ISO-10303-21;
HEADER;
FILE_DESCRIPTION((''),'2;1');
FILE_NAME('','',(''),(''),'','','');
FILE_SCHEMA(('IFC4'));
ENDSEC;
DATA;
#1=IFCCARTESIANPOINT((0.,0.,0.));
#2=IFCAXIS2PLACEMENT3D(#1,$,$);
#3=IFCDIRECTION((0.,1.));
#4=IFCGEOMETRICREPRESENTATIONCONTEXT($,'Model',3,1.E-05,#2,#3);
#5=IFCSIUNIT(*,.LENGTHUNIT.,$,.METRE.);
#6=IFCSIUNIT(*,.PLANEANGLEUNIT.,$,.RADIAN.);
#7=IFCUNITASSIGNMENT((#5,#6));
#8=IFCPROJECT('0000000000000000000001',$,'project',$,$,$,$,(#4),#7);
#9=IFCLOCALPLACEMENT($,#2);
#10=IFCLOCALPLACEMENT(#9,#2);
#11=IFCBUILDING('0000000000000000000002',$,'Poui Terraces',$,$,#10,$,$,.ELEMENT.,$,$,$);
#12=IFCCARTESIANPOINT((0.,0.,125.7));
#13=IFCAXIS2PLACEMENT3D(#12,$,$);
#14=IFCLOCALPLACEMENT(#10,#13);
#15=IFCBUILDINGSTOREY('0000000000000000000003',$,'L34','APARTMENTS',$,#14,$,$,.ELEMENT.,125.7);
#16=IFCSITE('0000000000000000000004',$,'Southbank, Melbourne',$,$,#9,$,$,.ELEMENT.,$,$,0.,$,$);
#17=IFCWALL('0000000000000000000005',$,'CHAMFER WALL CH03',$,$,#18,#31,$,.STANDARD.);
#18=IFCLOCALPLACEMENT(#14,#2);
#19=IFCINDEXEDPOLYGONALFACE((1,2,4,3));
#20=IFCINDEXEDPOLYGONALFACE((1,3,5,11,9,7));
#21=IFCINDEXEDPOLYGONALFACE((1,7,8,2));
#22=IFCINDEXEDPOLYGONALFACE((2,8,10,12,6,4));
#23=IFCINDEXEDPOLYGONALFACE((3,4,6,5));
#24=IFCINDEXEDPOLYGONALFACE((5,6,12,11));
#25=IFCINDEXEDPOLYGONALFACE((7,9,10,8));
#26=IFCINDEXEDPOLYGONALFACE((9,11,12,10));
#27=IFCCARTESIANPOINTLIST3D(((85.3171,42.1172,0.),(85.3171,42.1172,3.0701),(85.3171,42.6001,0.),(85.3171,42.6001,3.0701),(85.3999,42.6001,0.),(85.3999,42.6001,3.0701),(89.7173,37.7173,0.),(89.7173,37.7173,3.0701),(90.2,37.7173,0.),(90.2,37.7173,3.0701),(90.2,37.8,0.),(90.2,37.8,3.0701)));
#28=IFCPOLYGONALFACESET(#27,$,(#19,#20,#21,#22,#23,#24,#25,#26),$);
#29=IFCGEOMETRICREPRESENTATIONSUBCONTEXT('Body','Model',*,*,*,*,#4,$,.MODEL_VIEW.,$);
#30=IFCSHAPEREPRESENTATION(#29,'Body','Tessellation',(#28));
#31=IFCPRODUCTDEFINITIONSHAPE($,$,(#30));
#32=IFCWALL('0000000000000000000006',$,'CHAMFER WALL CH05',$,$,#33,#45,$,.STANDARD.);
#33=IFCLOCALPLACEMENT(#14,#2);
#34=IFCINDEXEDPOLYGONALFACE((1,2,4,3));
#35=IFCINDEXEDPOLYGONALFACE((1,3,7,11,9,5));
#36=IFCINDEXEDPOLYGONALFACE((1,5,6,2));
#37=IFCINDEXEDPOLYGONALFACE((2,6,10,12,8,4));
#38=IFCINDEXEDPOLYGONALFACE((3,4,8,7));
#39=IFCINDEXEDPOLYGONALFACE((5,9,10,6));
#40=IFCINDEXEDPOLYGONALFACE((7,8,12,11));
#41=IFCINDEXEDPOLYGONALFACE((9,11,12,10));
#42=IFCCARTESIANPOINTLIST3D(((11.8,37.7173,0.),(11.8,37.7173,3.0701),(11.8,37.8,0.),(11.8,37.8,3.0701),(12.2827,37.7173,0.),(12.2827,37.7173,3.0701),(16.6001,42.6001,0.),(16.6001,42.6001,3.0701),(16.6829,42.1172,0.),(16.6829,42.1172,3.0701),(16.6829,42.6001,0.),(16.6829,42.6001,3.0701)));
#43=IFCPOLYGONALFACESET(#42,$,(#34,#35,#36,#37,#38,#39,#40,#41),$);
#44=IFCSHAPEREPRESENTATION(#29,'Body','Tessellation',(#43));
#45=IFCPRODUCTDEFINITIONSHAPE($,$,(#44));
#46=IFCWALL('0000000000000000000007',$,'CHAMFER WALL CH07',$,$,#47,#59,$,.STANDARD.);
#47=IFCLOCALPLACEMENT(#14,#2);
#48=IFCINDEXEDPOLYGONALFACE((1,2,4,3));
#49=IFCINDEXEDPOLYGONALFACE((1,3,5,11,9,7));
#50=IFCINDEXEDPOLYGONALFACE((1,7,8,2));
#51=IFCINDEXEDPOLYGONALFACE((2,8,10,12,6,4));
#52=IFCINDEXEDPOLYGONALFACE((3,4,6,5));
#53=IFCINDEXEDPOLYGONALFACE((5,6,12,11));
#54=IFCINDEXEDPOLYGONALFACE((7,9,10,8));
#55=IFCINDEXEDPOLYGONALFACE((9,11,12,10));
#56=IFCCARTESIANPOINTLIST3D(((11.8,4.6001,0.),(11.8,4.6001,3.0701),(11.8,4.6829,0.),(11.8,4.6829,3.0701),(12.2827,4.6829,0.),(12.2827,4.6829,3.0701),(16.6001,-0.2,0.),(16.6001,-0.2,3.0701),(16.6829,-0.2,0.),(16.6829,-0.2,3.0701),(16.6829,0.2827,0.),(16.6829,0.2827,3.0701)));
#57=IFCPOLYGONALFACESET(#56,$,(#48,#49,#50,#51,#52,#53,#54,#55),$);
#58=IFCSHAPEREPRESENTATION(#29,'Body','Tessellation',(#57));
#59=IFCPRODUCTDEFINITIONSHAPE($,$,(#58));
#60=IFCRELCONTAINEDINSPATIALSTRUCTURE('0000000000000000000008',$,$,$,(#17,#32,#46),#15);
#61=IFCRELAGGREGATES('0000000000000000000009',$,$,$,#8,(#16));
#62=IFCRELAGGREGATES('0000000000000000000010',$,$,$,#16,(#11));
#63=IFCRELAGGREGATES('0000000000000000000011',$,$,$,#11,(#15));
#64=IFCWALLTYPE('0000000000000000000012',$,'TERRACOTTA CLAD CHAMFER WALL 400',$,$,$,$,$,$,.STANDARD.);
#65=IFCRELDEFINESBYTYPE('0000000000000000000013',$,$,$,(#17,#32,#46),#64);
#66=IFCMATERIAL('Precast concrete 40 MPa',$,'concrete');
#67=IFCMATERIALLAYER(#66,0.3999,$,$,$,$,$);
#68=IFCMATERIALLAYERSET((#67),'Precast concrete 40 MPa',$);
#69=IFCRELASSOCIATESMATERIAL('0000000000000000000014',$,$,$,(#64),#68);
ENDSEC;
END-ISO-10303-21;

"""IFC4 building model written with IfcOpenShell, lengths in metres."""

from ifc_helpers import new_model, si_unit, direction, frame, origin, place, context, subcontext, project, spatial, polyline, outline, extrude, material, layer, layer_set, type_object, element, save


model = new_model("IFC4")

# Units and contexts
model_context = context("Model", 3, precision=1e-05, world=origin(), true_north=direction((0.0, 1.0)))
body_context = subcontext(model_context, "Body", "Model", "MODEL_VIEW")
ifc_project = project(units=[si_unit("LENGTHUNIT", "METRE"), si_unit("PLANEANGLEUNIT", "RADIAN")], contexts=[model_context])

# Site, building, storey
site_placement = place(None, origin())
site = spatial("IfcSite", under=ifc_project, at=site_placement, Name="Southbank, Melbourne", CompositionType="ELEMENT", RefElevation=0.0)
building_placement = place(site_placement, origin())
building = spatial("IfcBuilding", under=site, at=building_placement, Name="Poui Terraces", CompositionType="ELEMENT")
storey_placement = place(building_placement, frame((0.0, 0.0, 125.7)))
storey = spatial("IfcBuildingStorey", under=building, at=storey_placement, Name="L34", Description="APARTMENTS", CompositionType="ELEMENT", Elevation=125.7)

# Shared definitions
ifc_material_1 = material(Name="Precast concrete 40 MPa", Category="concrete")

# Walls
ifc_layer_1 = layer(ifc_material_1, 0.3999)
ifc_layer_set_1 = layer_set([ifc_layer_1], Name="Precast concrete 40 MPa")
wall_type = type_object("IfcWallType", Name="TERRACOTTA CLAD CHAMFER WALL 400", PredefinedType="STANDARD", material=ifc_layer_set_1)
wall_1_placement = place(storey_placement, origin())
element("IfcWall", 1, at=wall_1_placement, inside=storey, type_object=wall_type, Name="CHAMFER WALL CH03", PredefinedType="STANDARD", context=body_context, shape_type="SweptSolid", body=[
    extrude(outline(polyline([(90.2, 37.7173), (90.2, 37.8), (85.3999, 42.6001), (85.3171, 42.6001), (85.3171, 42.1172), (89.7173, 37.7173), (90.2, 37.7173)])), origin(), (0.0, 0.0, 1.0), 3.0701),
])
wall_2_placement = place(storey_placement, origin())
element("IfcWall", 2, at=wall_2_placement, inside=storey, type_object=wall_type, Name="CHAMFER WALL CH05", PredefinedType="STANDARD", context=body_context, shape_type="SweptSolid", body=[
    extrude(outline(polyline([(16.6829, 42.6001), (16.6001, 42.6001), (11.8, 37.8), (11.8, 37.7173), (12.2827, 37.7173), (16.6829, 42.1172), (16.6829, 42.6001)])), origin(), (0.0, 0.0, 1.0), 3.0701),
])
wall_3_placement = place(storey_placement, origin())
element("IfcWall", 3, at=wall_3_placement, inside=storey, type_object=wall_type, Name="CHAMFER WALL CH07", PredefinedType="STANDARD", context=body_context, shape_type="SweptSolid", body=[
    extrude(outline(polyline([(11.8, 4.6829), (11.8, 4.6001), (16.6001, -0.2), (16.6829, -0.2), (16.6829, 0.2827), (12.2827, 4.6829), (11.8, 4.6829)])), origin(), (0.0, 0.0, 1.0), 3.0701),
])

save(model, "model.ifc")
